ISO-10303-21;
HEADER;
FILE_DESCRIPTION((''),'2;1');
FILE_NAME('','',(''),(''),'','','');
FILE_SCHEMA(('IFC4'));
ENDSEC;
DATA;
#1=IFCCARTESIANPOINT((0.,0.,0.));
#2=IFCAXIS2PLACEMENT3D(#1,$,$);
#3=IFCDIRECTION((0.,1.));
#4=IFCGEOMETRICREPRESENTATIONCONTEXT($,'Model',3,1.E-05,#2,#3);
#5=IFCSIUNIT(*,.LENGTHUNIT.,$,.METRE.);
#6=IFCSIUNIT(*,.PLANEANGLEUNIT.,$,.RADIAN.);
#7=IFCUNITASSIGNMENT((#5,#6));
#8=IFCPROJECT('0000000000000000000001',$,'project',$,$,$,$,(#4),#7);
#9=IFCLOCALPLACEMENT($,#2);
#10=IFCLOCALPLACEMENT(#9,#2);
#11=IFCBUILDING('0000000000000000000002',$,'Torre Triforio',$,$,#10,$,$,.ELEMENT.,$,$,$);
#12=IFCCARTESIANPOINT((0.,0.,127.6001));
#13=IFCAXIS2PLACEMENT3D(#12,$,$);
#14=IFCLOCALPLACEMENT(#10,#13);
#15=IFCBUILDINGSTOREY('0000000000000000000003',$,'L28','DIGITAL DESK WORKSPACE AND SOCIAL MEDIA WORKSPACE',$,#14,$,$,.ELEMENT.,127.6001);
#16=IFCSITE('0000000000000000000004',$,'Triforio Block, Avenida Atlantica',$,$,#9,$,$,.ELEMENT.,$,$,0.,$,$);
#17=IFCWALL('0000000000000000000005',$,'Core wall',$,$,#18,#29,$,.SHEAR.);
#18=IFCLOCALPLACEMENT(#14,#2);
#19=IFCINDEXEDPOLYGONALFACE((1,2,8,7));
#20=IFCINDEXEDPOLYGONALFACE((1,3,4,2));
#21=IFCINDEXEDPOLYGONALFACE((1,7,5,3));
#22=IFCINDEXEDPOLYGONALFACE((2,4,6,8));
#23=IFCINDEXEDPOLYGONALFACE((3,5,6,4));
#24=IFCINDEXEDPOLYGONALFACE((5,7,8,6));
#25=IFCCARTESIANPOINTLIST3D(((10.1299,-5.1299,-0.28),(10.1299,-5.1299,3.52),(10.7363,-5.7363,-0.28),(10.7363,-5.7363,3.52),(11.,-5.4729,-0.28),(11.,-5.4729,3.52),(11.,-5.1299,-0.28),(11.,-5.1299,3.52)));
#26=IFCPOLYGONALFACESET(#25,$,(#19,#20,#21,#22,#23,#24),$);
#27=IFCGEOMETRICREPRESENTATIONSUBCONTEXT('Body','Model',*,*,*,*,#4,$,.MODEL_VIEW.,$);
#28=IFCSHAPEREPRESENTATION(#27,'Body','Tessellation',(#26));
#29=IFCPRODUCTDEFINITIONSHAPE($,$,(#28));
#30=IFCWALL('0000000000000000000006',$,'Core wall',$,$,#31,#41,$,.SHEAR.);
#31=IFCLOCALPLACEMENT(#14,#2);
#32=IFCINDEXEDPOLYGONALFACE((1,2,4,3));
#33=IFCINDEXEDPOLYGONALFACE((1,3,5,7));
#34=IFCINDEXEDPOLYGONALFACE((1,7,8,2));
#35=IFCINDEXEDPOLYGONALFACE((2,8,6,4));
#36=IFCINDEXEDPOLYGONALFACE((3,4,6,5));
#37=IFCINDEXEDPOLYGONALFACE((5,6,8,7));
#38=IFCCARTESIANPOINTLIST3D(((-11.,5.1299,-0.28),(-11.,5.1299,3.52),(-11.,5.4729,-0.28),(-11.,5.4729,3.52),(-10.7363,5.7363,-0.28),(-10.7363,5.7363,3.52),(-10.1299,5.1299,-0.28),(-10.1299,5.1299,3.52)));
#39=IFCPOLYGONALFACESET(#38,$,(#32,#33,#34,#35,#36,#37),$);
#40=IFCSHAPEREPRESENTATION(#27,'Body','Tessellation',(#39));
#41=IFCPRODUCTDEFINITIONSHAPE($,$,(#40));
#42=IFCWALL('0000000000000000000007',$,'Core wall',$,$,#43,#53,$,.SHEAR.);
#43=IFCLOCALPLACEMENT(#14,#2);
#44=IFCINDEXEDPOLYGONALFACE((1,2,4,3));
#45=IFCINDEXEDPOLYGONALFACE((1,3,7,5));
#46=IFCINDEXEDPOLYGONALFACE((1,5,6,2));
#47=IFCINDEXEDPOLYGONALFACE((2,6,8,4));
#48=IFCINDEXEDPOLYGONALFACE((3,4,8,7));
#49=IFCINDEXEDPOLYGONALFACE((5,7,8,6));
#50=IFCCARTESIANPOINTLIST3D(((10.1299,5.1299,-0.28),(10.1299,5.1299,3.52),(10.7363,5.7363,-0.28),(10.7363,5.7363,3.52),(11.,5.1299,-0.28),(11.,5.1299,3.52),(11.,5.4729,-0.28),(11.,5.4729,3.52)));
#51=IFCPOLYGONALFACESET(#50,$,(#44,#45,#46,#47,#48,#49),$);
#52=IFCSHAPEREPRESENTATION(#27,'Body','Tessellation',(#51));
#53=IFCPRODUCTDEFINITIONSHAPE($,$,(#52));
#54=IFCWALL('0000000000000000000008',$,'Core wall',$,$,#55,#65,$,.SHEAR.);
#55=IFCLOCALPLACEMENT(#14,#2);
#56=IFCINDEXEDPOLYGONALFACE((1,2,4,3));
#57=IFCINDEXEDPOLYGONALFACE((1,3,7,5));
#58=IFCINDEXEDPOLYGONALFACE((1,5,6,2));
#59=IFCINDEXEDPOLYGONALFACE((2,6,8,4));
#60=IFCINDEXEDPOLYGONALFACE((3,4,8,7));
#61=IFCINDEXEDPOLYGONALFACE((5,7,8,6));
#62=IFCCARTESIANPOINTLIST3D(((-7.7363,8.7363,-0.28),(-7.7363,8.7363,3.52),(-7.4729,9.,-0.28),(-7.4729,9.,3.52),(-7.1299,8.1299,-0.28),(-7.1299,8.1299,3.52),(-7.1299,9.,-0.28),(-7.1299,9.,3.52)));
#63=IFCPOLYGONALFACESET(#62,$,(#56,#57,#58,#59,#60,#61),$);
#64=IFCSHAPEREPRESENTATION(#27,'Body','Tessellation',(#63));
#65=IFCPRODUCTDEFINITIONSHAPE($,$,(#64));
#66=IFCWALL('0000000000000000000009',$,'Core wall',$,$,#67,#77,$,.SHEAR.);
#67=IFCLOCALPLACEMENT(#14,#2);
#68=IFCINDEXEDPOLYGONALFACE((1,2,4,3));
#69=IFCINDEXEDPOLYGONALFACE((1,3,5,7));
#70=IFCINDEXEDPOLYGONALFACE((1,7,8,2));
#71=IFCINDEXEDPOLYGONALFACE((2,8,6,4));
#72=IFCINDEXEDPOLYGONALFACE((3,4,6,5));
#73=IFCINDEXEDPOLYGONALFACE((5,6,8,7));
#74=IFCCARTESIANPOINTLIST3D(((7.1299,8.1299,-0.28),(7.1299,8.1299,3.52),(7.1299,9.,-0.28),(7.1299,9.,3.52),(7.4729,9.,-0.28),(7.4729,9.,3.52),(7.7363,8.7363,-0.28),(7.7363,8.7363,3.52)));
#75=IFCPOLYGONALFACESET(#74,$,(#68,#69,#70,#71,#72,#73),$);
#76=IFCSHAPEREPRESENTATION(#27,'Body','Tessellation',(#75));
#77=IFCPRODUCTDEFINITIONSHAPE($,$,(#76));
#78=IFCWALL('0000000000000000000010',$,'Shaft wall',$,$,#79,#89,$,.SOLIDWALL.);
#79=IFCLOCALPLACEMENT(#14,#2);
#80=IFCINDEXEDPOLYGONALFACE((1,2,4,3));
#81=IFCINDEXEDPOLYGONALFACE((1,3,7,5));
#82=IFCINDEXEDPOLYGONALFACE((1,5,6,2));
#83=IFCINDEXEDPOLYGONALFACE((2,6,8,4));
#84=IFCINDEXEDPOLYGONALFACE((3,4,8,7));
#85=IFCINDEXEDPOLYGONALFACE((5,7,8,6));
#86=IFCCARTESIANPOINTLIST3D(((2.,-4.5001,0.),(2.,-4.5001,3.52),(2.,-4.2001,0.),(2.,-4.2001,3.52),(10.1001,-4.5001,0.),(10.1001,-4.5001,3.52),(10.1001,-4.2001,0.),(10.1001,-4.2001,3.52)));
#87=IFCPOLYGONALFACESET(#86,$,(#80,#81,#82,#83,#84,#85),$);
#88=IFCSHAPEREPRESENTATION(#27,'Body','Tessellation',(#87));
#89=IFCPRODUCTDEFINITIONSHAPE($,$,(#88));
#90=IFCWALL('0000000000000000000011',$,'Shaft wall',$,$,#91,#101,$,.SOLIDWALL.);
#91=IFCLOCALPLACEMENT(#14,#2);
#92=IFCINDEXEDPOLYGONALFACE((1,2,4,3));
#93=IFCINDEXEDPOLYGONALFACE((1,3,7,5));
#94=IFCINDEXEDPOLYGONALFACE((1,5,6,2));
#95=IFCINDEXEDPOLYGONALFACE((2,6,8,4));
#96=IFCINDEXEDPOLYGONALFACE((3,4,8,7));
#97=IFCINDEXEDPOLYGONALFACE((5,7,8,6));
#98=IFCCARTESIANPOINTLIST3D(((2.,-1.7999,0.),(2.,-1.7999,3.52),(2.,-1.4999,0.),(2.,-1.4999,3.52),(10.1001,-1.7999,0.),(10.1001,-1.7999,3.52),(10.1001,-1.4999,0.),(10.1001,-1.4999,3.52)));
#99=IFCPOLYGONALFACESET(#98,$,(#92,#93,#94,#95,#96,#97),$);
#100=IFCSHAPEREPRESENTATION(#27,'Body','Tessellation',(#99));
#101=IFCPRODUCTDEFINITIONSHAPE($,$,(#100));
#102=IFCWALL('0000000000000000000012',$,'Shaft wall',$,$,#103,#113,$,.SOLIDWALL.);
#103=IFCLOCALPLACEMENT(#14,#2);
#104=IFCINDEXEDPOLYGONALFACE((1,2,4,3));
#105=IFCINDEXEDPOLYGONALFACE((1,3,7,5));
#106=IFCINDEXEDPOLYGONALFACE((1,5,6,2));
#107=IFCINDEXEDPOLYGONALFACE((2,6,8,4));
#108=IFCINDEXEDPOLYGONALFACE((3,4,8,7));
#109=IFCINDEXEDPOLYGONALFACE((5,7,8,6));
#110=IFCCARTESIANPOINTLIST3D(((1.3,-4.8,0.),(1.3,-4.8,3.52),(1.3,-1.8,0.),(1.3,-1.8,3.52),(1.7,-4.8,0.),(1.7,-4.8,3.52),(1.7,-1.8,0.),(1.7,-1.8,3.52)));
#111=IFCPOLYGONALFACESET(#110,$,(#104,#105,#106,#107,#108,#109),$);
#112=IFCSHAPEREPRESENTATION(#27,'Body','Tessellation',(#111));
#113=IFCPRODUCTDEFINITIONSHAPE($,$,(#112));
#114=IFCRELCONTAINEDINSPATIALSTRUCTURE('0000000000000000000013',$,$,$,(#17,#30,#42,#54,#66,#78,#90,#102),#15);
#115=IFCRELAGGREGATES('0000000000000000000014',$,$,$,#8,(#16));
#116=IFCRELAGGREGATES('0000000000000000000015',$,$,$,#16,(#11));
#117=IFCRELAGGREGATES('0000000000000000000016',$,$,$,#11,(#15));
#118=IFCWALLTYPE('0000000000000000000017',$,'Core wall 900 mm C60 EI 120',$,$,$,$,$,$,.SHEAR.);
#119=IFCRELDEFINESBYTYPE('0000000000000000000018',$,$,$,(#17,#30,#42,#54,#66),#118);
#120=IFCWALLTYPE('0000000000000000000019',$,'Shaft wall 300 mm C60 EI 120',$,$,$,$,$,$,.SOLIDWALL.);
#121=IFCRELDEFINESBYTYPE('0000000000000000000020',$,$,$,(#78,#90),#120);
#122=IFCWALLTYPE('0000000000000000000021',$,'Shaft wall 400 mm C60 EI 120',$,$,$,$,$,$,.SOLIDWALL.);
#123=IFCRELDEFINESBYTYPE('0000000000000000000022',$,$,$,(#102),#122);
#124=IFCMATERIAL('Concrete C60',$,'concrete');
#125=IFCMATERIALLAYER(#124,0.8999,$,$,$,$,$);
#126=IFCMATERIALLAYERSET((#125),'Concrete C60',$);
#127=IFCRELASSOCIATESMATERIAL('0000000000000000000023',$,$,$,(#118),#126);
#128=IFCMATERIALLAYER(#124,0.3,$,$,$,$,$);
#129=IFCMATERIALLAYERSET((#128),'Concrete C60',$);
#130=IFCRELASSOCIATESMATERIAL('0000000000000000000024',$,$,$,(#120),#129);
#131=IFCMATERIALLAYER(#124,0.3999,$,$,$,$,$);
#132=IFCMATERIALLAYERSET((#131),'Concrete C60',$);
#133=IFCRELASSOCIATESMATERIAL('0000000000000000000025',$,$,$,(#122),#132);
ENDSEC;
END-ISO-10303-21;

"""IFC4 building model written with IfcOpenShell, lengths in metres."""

from ifc_helpers import new_model, si_unit, direction, frame, frame_2d, origin, place, context, subcontext, project, spatial, polyline, rectangle, outline, extrude, material, layer, layer_set, type_object, element, save


model = new_model("IFC4")

# Units and contexts
model_context = context("Model", 3, precision=1e-05, world=origin(), true_north=direction((0.0, 1.0)))
body_context = subcontext(model_context, "Body", "Model", "MODEL_VIEW")
ifc_project = project(units=[si_unit("LENGTHUNIT", "METRE"), si_unit("PLANEANGLEUNIT", "RADIAN")], contexts=[model_context])

# Site, building, storey
site_placement = place(None, origin())
site = spatial("IfcSite", under=ifc_project, at=site_placement, Name="Triforio Block, Avenida Atlantica", CompositionType="ELEMENT", RefElevation=0.0)
building_placement = place(site_placement, origin())
building = spatial("IfcBuilding", under=site, at=building_placement, Name="Torre Triforio", CompositionType="ELEMENT")
storey_placement = place(building_placement, frame((0.0, 0.0, 127.6001)))
storey = spatial("IfcBuildingStorey", under=building, at=storey_placement, Name="L28", Description="DIGITAL DESK WORKSPACE AND SOCIAL MEDIA WORKSPACE", CompositionType="ELEMENT", Elevation=127.6001)

# Shared definitions
ifc_material_1 = material(Name="Concrete C60", Category="concrete")

# Walls
ifc_layer_1 = layer(ifc_material_1, 0.8999)
ifc_layer_set_1 = layer_set([ifc_layer_1], Name="Concrete C60")
wall_type_1 = type_object("IfcWallType", Name="Core wall 900 mm C60 EI 120", PredefinedType="SHEAR", material=ifc_layer_set_1)
wall_1_placement = place(storey_placement, frame((0.0, 0.0, -0.28)))
element("IfcWall", 1, at=wall_1_placement, inside=storey, type_object=wall_type_1, Name="Core wall", PredefinedType="SHEAR", context=body_context, shape_type="SweptSolid", body=[
    extrude(outline(polyline([(11.0, -5.4729), (10.7363, -5.7363), (10.1299, -5.1299), (11.0, -5.1299), (11.0, -5.4729)])), origin(), (0.0, 0.0, 1.0), 3.8),
])
wall_2_placement = place(storey_placement, frame((0.0, 0.0, -0.28)))
element("IfcWall", 2, at=wall_2_placement, inside=storey, type_object=wall_type_1, Name="Core wall", PredefinedType="SHEAR", context=body_context, shape_type="SweptSolid", body=[
    extrude(outline(polyline([(-10.7363, 5.7363), (-10.1299, 5.1299), (-11.0, 5.1299), (-11.0, 5.4729), (-10.7363, 5.7363)])), origin(), (0.0, 0.0, 1.0), 3.8),
])
wall_3_placement = place(storey_placement, frame((0.0, 0.0, -0.28)))
element("IfcWall", 3, at=wall_3_placement, inside=storey, type_object=wall_type_1, Name="Core wall", PredefinedType="SHEAR", context=body_context, shape_type="SweptSolid", body=[
    extrude(outline(polyline([(11.0, 5.4729), (11.0, 5.1299), (10.1299, 5.1299), (10.7363, 5.7363), (11.0, 5.4729)])), origin(), (0.0, 0.0, 1.0), 3.8),
])
wall_4_placement = place(storey_placement, frame((0.0, 0.0, -0.28)))
element("IfcWall", 4, at=wall_4_placement, inside=storey, type_object=wall_type_1, Name="Core wall", PredefinedType="SHEAR", context=body_context, shape_type="SweptSolid", body=[
    extrude(outline(polyline([(-7.4729, 9.0), (-7.1299, 9.0), (-7.1299, 8.1299), (-7.7363, 8.7363), (-7.4729, 9.0)])), origin(), (0.0, 0.0, 1.0), 3.8),
])
wall_5_placement = place(storey_placement, frame((0.0, 0.0, -0.28)))
element("IfcWall", 5, at=wall_5_placement, inside=storey, type_object=wall_type_1, Name="Core wall", PredefinedType="SHEAR", context=body_context, shape_type="SweptSolid", body=[
    extrude(outline(polyline([(7.4729, 9.0), (7.7363, 8.7363), (7.1299, 8.1299), (7.1299, 9.0), (7.4729, 9.0)])), origin(), (0.0, 0.0, 1.0), 3.8),
])
ifc_layer_2 = layer(ifc_material_1, 0.3)
ifc_layer_set_2 = layer_set([ifc_layer_2], Name="Concrete C60")
wall_type_2 = type_object("IfcWallType", Name="Shaft wall 300 mm C60 EI 120", PredefinedType="SOLIDWALL", material=ifc_layer_set_2)
for number, where, z_axis, x_axis, name in (
    (6, (2.0, -4.3501, 0.0), (0.0, 0.0, 1.0), (1.0, 0.0, 0.0), "Shaft wall"),
    (7, (2.0, -1.6499, 0.0), (0.0, 0.0, 1.0), (1.0, 0.0, 0.0), "Shaft wall"),
):
    element("IfcWall", number, at=place(storey_placement, frame(where, z_axis=z_axis, x_axis=x_axis)), inside=storey, type_object=wall_type_2, Name=name, PredefinedType="SOLIDWALL", context=body_context, shape_type="SweptSolid", body=[
        extrude(rectangle(XDim=8.1001, YDim=0.3, at=frame_2d((4.05, 0.0))), origin(), (0.0, 0.0, 1.0), 3.52),
    ])
ifc_layer_3 = layer(ifc_material_1, 0.3999)
ifc_layer_set_3 = layer_set([ifc_layer_3], Name="Concrete C60")
wall_type_3 = type_object("IfcWallType", Name="Shaft wall 400 mm C60 EI 120", PredefinedType="SOLIDWALL", material=ifc_layer_set_3)
wall_6_placement = place(storey_placement, frame((1.5, -4.8, 0.0), z_axis=(0.0, 0.0, 1.0), x_axis=(0.0, 1.0, 0.0)))
element("IfcWall", 8, at=wall_6_placement, inside=storey, type_object=wall_type_3, Name="Shaft wall", PredefinedType="SOLIDWALL", context=body_context, shape_type="SweptSolid", body=[
    extrude(rectangle(XDim=3.0, YDim=0.3999, at=frame_2d((1.5, 0.0))), origin(), (0.0, 0.0, 1.0), 3.52),
])

save(model, "model.ifc")
